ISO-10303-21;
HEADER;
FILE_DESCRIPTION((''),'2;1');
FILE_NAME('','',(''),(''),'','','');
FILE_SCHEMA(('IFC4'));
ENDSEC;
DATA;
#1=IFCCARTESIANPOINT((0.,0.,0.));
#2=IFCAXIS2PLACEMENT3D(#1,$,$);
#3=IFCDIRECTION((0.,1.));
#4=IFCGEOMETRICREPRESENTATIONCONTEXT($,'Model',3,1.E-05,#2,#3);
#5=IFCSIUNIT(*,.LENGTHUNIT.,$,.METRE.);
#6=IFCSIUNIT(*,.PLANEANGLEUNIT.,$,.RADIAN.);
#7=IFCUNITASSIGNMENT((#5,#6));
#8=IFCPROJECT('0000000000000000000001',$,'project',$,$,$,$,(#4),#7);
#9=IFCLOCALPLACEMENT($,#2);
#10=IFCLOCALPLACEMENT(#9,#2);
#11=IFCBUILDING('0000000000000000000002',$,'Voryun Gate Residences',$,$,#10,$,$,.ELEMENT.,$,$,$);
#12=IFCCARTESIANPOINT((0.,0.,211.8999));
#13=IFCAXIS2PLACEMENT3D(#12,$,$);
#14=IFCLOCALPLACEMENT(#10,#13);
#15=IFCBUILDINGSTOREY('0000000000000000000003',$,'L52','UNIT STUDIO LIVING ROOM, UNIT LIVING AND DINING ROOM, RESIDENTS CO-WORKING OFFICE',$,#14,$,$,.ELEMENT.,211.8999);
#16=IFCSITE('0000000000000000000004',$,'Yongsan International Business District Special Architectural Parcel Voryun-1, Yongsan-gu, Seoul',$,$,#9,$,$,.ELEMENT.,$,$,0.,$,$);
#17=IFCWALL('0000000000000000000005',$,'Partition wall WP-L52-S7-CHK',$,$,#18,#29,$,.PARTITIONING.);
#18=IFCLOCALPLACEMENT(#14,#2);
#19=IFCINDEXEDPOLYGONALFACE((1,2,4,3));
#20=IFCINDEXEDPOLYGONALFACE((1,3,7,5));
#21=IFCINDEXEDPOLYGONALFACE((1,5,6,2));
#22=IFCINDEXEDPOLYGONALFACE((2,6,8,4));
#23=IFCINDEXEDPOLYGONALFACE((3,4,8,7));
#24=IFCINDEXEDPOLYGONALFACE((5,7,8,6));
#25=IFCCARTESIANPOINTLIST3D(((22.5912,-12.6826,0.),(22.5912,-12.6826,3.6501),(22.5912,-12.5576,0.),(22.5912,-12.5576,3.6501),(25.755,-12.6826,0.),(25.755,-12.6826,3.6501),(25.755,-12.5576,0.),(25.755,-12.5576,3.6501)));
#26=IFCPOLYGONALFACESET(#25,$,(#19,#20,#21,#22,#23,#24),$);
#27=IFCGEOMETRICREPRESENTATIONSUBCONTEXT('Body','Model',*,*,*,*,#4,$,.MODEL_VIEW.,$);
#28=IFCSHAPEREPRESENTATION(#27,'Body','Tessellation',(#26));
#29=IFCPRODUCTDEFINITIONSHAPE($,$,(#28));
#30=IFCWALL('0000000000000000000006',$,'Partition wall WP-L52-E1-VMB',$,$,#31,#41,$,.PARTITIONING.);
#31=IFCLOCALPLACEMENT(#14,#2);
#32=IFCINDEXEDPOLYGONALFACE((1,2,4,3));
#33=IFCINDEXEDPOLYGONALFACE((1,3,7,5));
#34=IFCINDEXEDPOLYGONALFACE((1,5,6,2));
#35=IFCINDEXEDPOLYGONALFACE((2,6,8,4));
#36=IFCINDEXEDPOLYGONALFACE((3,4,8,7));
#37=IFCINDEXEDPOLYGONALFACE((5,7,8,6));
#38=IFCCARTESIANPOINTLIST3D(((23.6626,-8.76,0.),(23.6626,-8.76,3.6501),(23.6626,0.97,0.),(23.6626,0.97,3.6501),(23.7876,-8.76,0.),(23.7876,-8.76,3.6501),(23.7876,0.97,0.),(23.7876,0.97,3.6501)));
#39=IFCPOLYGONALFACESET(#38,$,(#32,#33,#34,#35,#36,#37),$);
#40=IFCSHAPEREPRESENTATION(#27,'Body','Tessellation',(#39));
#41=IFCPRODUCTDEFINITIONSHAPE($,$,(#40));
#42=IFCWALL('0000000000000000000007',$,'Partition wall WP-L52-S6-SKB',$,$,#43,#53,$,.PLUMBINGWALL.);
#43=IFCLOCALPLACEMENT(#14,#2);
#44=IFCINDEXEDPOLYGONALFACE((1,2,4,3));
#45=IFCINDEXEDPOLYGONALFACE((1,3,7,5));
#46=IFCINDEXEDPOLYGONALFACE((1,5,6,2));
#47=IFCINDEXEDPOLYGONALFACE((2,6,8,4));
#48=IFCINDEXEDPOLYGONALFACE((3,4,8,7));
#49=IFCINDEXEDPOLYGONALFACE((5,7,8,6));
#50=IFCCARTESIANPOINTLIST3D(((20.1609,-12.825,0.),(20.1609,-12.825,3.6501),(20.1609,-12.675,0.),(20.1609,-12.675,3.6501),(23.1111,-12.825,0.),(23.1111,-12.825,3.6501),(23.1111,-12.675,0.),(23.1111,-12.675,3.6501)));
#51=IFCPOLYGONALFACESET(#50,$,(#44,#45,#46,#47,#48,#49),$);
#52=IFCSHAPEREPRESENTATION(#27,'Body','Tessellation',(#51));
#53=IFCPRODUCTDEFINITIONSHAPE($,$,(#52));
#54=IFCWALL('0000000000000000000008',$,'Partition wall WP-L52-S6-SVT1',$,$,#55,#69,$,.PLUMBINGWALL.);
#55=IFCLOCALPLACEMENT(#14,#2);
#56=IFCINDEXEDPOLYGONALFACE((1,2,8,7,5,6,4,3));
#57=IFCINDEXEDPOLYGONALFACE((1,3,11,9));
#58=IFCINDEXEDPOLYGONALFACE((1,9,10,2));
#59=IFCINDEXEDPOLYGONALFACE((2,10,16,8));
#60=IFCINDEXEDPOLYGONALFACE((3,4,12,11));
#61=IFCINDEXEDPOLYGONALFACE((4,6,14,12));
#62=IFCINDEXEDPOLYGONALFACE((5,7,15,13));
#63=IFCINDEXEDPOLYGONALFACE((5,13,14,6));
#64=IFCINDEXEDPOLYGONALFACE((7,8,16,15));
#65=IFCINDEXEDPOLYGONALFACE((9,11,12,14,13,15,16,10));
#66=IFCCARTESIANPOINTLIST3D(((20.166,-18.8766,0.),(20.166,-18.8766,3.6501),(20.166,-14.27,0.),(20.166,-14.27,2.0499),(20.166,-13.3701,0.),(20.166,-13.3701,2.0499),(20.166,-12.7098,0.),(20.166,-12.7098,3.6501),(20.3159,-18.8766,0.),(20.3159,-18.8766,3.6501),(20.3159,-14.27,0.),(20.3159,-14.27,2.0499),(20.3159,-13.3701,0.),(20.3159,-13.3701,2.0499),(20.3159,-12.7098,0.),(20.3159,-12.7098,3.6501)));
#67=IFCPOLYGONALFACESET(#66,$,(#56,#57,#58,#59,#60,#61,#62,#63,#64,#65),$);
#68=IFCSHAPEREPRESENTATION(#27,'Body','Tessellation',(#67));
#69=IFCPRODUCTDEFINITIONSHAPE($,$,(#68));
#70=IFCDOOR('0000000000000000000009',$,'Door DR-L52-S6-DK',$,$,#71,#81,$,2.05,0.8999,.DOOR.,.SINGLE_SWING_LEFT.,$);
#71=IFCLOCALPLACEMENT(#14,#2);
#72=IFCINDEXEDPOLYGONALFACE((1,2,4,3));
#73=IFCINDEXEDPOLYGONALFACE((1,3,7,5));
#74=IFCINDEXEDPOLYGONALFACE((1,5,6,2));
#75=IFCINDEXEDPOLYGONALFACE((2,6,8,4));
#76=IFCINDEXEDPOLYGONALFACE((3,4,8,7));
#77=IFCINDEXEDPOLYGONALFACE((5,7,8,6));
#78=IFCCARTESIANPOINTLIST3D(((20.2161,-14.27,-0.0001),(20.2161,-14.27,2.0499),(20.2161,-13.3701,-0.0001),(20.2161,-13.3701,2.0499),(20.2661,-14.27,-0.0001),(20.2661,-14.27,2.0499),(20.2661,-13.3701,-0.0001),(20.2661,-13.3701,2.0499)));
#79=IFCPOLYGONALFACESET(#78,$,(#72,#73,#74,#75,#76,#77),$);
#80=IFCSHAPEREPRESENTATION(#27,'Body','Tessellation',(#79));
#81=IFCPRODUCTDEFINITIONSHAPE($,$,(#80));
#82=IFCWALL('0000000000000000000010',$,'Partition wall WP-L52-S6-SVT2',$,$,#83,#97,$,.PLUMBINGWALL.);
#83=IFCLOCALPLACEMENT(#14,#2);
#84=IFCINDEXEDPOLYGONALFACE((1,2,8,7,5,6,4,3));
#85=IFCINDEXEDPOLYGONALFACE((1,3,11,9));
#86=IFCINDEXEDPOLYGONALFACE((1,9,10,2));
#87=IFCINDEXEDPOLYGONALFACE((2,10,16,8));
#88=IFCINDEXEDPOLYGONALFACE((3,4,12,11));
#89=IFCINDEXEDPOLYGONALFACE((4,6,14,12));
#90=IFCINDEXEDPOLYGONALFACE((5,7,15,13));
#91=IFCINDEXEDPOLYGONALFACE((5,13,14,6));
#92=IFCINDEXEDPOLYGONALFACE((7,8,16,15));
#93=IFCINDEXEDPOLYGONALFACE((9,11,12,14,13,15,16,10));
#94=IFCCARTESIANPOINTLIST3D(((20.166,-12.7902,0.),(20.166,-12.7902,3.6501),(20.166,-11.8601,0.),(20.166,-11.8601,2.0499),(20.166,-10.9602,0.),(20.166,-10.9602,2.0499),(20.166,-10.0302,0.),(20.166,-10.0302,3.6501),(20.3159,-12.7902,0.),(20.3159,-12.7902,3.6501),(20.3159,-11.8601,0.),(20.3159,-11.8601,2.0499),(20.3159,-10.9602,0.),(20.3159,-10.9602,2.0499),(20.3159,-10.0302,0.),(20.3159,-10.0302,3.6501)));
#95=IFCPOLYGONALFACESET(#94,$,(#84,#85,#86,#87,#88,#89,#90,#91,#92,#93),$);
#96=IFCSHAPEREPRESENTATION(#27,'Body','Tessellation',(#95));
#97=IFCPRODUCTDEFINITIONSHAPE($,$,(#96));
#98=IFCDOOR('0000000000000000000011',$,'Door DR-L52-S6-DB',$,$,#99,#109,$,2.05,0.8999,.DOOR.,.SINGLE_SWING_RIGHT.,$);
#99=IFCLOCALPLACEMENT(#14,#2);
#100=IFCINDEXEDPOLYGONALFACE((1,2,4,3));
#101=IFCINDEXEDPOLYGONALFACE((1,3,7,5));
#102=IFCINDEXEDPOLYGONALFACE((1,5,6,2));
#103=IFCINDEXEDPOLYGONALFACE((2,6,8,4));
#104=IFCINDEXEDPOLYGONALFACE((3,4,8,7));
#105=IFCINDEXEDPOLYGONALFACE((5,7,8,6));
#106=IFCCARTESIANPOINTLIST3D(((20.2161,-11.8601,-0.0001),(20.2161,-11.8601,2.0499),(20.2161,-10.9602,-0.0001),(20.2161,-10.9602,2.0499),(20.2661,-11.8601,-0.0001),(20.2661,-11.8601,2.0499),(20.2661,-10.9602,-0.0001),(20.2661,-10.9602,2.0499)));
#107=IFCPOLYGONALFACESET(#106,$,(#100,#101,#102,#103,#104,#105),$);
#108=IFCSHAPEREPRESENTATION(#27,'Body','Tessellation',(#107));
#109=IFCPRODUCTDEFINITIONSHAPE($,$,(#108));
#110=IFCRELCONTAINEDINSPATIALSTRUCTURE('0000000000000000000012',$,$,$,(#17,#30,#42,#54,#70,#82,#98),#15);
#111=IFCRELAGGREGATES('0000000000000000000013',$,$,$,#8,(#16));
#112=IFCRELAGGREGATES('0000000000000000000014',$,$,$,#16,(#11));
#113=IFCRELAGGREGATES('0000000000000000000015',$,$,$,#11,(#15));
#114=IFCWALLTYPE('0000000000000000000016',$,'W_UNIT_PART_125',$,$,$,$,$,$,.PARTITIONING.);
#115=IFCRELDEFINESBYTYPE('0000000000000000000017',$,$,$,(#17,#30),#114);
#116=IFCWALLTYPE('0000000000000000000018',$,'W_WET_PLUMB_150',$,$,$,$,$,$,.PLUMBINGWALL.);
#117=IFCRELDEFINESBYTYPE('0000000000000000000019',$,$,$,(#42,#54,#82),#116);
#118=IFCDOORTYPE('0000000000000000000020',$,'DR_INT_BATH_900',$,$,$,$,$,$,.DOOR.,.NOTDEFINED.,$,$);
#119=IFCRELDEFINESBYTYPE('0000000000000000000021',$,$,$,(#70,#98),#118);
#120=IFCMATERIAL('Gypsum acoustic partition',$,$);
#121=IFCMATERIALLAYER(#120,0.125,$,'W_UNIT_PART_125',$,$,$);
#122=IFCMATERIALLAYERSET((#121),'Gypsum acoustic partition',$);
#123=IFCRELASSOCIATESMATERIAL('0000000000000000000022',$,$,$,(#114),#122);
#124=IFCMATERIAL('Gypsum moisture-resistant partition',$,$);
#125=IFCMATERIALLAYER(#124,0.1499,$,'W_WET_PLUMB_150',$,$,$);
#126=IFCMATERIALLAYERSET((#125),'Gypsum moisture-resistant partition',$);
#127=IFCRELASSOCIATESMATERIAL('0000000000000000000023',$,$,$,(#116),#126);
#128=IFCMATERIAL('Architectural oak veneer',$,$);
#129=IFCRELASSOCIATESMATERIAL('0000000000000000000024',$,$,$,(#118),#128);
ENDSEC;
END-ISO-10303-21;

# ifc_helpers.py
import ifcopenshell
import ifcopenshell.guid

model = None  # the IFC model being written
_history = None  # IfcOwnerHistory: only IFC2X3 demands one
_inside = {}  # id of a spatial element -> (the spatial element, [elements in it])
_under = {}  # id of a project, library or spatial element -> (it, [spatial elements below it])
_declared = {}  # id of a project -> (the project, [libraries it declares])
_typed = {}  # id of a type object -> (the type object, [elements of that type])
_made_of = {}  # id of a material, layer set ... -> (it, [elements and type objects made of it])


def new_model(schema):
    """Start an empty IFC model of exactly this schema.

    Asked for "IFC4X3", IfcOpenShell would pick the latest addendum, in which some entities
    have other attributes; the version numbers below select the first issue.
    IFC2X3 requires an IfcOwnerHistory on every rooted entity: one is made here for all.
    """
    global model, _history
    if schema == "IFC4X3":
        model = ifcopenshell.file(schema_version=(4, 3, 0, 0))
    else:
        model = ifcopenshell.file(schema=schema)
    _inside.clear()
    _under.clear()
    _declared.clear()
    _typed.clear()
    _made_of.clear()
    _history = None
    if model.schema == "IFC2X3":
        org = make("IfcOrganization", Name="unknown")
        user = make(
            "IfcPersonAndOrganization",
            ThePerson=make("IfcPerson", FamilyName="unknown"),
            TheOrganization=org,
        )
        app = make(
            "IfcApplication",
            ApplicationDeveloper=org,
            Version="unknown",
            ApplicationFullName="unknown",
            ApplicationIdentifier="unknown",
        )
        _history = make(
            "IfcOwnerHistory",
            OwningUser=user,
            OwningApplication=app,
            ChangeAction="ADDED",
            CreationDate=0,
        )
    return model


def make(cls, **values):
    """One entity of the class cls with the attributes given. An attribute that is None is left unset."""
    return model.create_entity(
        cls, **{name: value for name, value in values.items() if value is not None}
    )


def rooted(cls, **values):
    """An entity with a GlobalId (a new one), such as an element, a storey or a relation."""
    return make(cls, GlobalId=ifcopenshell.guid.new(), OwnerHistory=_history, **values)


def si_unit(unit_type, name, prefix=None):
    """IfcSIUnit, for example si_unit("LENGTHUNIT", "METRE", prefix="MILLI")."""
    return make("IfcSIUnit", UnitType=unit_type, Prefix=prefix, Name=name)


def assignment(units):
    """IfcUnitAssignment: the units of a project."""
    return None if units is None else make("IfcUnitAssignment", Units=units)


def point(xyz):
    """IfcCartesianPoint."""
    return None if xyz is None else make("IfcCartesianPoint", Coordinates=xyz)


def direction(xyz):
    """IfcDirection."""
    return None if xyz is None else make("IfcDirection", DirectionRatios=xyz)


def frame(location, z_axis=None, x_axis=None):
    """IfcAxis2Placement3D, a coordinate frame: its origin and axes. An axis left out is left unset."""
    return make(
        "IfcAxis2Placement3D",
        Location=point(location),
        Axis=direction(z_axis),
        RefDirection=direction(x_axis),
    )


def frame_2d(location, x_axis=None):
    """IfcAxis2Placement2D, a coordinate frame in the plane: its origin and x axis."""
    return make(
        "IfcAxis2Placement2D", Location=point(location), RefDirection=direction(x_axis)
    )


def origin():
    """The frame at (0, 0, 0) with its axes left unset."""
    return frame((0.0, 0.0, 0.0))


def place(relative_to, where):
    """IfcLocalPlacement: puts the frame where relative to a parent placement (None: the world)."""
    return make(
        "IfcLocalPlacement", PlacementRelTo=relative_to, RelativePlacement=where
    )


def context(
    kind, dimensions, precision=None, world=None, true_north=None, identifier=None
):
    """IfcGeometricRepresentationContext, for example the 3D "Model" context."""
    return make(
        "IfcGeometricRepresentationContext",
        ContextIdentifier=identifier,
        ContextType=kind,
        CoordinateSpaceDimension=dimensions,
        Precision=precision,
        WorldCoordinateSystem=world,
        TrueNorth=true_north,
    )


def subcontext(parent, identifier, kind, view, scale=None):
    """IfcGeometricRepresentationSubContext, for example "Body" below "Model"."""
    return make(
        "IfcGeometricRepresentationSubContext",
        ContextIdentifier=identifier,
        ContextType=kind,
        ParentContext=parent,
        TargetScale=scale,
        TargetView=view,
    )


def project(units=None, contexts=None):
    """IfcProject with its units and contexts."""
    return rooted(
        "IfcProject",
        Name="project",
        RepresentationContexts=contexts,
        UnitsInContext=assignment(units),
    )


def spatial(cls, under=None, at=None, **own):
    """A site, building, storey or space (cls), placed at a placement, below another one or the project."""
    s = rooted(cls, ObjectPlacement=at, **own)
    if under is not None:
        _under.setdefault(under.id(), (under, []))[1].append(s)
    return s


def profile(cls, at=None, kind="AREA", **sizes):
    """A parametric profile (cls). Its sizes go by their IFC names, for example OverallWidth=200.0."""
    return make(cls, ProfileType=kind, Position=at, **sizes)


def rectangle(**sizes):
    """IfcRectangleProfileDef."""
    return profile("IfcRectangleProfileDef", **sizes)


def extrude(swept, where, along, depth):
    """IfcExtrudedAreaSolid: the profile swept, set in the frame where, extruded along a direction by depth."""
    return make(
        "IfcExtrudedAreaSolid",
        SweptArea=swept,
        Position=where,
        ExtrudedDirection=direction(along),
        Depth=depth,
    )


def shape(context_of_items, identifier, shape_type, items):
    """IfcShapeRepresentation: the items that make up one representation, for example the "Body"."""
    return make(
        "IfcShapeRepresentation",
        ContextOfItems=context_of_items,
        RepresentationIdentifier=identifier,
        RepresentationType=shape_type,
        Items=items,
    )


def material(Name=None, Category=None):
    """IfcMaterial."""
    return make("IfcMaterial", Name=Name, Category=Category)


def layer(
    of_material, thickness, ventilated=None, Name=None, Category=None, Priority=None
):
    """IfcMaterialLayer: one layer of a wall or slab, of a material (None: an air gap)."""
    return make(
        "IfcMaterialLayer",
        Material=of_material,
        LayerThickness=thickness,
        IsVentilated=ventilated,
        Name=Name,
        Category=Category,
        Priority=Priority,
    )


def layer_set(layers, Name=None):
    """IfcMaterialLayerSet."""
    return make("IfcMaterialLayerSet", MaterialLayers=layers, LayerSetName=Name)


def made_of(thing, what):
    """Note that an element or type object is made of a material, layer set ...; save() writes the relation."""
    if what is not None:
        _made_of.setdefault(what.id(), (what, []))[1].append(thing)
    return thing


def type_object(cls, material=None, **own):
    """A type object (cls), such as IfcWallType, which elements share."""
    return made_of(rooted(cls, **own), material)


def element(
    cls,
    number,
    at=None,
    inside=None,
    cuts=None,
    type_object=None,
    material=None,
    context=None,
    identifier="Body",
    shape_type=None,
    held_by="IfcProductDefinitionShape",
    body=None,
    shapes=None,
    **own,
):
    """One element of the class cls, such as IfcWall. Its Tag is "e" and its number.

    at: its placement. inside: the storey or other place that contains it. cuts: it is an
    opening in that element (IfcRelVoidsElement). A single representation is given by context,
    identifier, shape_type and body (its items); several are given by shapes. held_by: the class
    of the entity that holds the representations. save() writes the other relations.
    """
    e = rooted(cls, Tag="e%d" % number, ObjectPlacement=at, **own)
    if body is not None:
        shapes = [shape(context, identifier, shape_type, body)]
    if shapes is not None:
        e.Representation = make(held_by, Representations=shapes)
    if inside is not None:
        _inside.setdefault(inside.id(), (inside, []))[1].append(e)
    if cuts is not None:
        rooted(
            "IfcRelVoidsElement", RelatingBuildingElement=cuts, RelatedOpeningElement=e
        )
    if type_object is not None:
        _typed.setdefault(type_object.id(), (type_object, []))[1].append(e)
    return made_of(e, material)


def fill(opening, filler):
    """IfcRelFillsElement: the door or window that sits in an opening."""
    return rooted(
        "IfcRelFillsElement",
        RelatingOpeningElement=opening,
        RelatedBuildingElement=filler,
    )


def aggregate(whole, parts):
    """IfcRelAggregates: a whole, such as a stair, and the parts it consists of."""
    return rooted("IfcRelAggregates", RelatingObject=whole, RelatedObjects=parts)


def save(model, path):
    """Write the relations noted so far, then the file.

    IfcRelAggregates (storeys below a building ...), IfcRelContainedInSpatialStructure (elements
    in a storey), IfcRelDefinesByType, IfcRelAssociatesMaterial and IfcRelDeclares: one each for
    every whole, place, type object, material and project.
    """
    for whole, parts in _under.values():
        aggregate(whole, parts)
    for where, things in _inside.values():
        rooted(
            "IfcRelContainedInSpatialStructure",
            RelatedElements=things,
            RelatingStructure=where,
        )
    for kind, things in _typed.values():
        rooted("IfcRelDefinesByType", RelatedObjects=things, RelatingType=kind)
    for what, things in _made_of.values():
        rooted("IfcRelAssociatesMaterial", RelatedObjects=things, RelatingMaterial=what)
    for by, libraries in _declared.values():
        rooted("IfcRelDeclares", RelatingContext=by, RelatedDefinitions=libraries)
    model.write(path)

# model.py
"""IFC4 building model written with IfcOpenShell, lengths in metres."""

from ifc_helpers import new_model, si_unit, direction, frame, frame_2d, origin, place, context, subcontext, project, spatial, rectangle, extrude, material, layer, layer_set, type_object, element, fill, save


model = new_model("IFC4")

# Units and contexts
model_context = context("Model", 3, precision=1e-05, world=origin(), true_north=direction((0.0, 1.0)))
body_context = subcontext(model_context, "Body", "Model", "MODEL_VIEW")
ifc_project = project(units=[si_unit("LENGTHUNIT", "METRE"), si_unit("PLANEANGLEUNIT", "RADIAN")], contexts=[model_context])

# Site, building, storey
site_placement = place(None, origin())
site = spatial("IfcSite", under=ifc_project, at=site_placement, Name="Yongsan International Business District Special Architectural Parcel Voryun-1, Yongsan-gu, Seoul", CompositionType="ELEMENT", RefElevation=0.0)
building_placement = place(site_placement, origin())
building = spatial("IfcBuilding", under=site, at=building_placement, Name="Voryun Gate Residences", CompositionType="ELEMENT")
storey_placement = place(building_placement, frame((0.0, 0.0, 211.8999)))
storey = spatial("IfcBuildingStorey", under=building, at=storey_placement, Name="L52", Description="UNIT STUDIO LIVING ROOM, UNIT LIVING AND DINING ROOM, RESIDENTS CO-WORKING OFFICE", CompositionType="ELEMENT", Elevation=211.8999)

# Walls
ifc_material_1 = material(Name="Gypsum acoustic partition")
ifc_layer_1 = layer(ifc_material_1, 0.125, Name="W_UNIT_PART_125")
ifc_layer_set_1 = layer_set([ifc_layer_1], Name="Gypsum acoustic partition")
wall_type_1 = type_object("IfcWallType", Name="W_UNIT_PART_125", PredefinedType="PARTITIONING", material=ifc_layer_set_1)
wall_1_placement = place(storey_placement, frame((22.5911, -12.6201, 0.0), z_axis=(0.0, 0.0, 1.0), x_axis=(1.0, 0.0, 0.0)))
element("IfcWall", 1, at=wall_1_placement, inside=storey, type_object=wall_type_1, Name="Partition wall WP-L52-S7-CHK", PredefinedType="PARTITIONING", context=body_context, shape_type="SweptSolid", body=[
    extrude(rectangle(XDim=3.1638, YDim=0.125, at=frame_2d((1.582, 0.0))), origin(), (0.0, 0.0, 1.0), 3.6501),
])
wall_2_placement = place(storey_placement, frame((23.7251, -8.76, 0.0), z_axis=(0.0, 0.0, 1.0), x_axis=(0.0, 1.0, 0.0)))
element("IfcWall", 2, at=wall_2_placement, inside=storey, type_object=wall_type_1, Name="Partition wall WP-L52-E1-VMB", PredefinedType="PARTITIONING", context=body_context, shape_type="SweptSolid", body=[
    extrude(rectangle(XDim=9.73, YDim=0.125, at=frame_2d((4.865, 0.0))), origin(), (0.0, 0.0, 1.0), 3.6501),
])
ifc_material_2 = material(Name="Gypsum moisture-resistant partition")
ifc_layer_2 = layer(ifc_material_2, 0.1499, Name="W_WET_PLUMB_150")
ifc_layer_set_2 = layer_set([ifc_layer_2], Name="Gypsum moisture-resistant partition")
wall_type_2 = type_object("IfcWallType", Name="W_WET_PLUMB_150", PredefinedType="PLUMBINGWALL", material=ifc_layer_set_2)
wall_3_placement = place(storey_placement, frame((20.1609, -12.75, 0.0), z_axis=(0.0, 0.0, 1.0), x_axis=(1.0, 0.0, 0.0)))
element("IfcWall", 3, at=wall_3_placement, inside=storey, type_object=wall_type_2, Name="Partition wall WP-L52-S6-SKB", PredefinedType="PLUMBINGWALL", context=body_context, shape_type="SweptSolid", body=[
    extrude(rectangle(XDim=2.9502, YDim=0.1499, at=frame_2d((1.4751, 0.0))), origin(), (0.0, 0.0, 1.0), 3.6501),
])

# Walls, openings, doors
wall_4_placement = place(storey_placement, frame((20.241, -18.8767, 0.0), z_axis=(0.0, 0.0, 1.0), x_axis=(0.0, 1.0, 0.0)))
wall_4 = element("IfcWall", 4, at=wall_4_placement, inside=storey, type_object=wall_type_2, Name="Partition wall WP-L52-S6-SVT1", PredefinedType="PLUMBINGWALL", context=body_context, shape_type="SweptSolid", body=[
    extrude(rectangle(XDim=6.1667, YDim=0.1499, at=frame_2d((3.0835, 0.0))), origin(), (0.0, 0.0, 1.0), 3.6501),
])
opening_1_placement = place(wall_4_placement, frame((4.6067, 0.0, 0.0)))
opening_1 = element("IfcOpeningElement", 5, at=opening_1_placement, cuts=wall_4, PredefinedType="OPENING", context=body_context, shape_type="SweptSolid", body=[
    extrude(rectangle(XDim=0.8999, YDim=2.05, at=frame_2d((0.45, 1.0249))), frame((0.0, 0.085, 0.0), z_axis=(0.0, -1.0, 0.0), x_axis=(1.0, 0.0, 0.0)), (0.0, 0.0, 1.0), 0.1699),
])
ifc_material_3 = material(Name="Architectural oak veneer")
door_type = type_object("IfcDoorType", Name="DR_INT_BATH_900", OperationType="NOTDEFINED", PredefinedType="DOOR", material=ifc_material_3)
door_1_placement = place(opening_1_placement, origin())
door_1 = element("IfcDoor", 6, at=door_1_placement, inside=storey, type_object=door_type, Name="Door DR-L52-S6-DK", OperationType="SINGLE_SWING_LEFT", OverallHeight=2.05, OverallWidth=0.8999, PredefinedType="DOOR", context=body_context, shape_type="SweptSolid", body=[
    extrude(rectangle(XDim=0.8999, YDim=2.05, at=frame_2d((0.45, 1.0249))), frame((0.0, 0.0249, 0.0), z_axis=(0.0, -1.0, 0.0), x_axis=(1.0, 0.0, 0.0)), (0.0, 0.0, 1.0), 0.05),
])
fill(opening_1, door_1)
wall_5_placement = place(storey_placement, frame((20.241, -12.79, 0.0), z_axis=(0.0, 0.0, 1.0), x_axis=(0.0, 1.0, 0.0)))
wall_5 = element("IfcWall", 7, at=wall_5_placement, inside=storey, type_object=wall_type_2, Name="Partition wall WP-L52-S6-SVT2", PredefinedType="PLUMBINGWALL", context=body_context, shape_type="SweptSolid", body=[
    extrude(rectangle(XDim=2.76, YDim=0.1499, at=frame_2d((1.3799, 0.0))), origin(), (0.0, 0.0, 1.0), 3.6501),
])
opening_2_placement = place(wall_5_placement, frame((0.9299, 0.0, 0.0)))
opening_2 = element("IfcOpeningElement", 8, at=opening_2_placement, cuts=wall_5, PredefinedType="OPENING", context=body_context, shape_type="SweptSolid", body=[
    extrude(rectangle(XDim=0.8999, YDim=2.05, at=frame_2d((0.45, 1.0249))), frame((0.0, 0.085, 0.0), z_axis=(0.0, -1.0, 0.0), x_axis=(1.0, 0.0, 0.0)), (0.0, 0.0, 1.0), 0.1699),
])
door_2_placement = place(opening_2_placement, origin())
door_2 = element("IfcDoor", 9, at=door_2_placement, inside=storey, type_object=door_type, Name="Door DR-L52-S6-DB", OperationType="SINGLE_SWING_RIGHT", OverallHeight=2.05, OverallWidth=0.8999, PredefinedType="DOOR", context=body_context, shape_type="SweptSolid", body=[
    extrude(rectangle(XDim=0.8999, YDim=2.05, at=frame_2d((0.45, 1.0249))), frame((0.0, 0.0249, 0.0), z_axis=(0.0, -1.0, 0.0), x_axis=(1.0, 0.0, 0.0)), (0.0, 0.0, 1.0), 0.05),
])
fill(opening_2, door_2)

save(model, "model.ifc")
